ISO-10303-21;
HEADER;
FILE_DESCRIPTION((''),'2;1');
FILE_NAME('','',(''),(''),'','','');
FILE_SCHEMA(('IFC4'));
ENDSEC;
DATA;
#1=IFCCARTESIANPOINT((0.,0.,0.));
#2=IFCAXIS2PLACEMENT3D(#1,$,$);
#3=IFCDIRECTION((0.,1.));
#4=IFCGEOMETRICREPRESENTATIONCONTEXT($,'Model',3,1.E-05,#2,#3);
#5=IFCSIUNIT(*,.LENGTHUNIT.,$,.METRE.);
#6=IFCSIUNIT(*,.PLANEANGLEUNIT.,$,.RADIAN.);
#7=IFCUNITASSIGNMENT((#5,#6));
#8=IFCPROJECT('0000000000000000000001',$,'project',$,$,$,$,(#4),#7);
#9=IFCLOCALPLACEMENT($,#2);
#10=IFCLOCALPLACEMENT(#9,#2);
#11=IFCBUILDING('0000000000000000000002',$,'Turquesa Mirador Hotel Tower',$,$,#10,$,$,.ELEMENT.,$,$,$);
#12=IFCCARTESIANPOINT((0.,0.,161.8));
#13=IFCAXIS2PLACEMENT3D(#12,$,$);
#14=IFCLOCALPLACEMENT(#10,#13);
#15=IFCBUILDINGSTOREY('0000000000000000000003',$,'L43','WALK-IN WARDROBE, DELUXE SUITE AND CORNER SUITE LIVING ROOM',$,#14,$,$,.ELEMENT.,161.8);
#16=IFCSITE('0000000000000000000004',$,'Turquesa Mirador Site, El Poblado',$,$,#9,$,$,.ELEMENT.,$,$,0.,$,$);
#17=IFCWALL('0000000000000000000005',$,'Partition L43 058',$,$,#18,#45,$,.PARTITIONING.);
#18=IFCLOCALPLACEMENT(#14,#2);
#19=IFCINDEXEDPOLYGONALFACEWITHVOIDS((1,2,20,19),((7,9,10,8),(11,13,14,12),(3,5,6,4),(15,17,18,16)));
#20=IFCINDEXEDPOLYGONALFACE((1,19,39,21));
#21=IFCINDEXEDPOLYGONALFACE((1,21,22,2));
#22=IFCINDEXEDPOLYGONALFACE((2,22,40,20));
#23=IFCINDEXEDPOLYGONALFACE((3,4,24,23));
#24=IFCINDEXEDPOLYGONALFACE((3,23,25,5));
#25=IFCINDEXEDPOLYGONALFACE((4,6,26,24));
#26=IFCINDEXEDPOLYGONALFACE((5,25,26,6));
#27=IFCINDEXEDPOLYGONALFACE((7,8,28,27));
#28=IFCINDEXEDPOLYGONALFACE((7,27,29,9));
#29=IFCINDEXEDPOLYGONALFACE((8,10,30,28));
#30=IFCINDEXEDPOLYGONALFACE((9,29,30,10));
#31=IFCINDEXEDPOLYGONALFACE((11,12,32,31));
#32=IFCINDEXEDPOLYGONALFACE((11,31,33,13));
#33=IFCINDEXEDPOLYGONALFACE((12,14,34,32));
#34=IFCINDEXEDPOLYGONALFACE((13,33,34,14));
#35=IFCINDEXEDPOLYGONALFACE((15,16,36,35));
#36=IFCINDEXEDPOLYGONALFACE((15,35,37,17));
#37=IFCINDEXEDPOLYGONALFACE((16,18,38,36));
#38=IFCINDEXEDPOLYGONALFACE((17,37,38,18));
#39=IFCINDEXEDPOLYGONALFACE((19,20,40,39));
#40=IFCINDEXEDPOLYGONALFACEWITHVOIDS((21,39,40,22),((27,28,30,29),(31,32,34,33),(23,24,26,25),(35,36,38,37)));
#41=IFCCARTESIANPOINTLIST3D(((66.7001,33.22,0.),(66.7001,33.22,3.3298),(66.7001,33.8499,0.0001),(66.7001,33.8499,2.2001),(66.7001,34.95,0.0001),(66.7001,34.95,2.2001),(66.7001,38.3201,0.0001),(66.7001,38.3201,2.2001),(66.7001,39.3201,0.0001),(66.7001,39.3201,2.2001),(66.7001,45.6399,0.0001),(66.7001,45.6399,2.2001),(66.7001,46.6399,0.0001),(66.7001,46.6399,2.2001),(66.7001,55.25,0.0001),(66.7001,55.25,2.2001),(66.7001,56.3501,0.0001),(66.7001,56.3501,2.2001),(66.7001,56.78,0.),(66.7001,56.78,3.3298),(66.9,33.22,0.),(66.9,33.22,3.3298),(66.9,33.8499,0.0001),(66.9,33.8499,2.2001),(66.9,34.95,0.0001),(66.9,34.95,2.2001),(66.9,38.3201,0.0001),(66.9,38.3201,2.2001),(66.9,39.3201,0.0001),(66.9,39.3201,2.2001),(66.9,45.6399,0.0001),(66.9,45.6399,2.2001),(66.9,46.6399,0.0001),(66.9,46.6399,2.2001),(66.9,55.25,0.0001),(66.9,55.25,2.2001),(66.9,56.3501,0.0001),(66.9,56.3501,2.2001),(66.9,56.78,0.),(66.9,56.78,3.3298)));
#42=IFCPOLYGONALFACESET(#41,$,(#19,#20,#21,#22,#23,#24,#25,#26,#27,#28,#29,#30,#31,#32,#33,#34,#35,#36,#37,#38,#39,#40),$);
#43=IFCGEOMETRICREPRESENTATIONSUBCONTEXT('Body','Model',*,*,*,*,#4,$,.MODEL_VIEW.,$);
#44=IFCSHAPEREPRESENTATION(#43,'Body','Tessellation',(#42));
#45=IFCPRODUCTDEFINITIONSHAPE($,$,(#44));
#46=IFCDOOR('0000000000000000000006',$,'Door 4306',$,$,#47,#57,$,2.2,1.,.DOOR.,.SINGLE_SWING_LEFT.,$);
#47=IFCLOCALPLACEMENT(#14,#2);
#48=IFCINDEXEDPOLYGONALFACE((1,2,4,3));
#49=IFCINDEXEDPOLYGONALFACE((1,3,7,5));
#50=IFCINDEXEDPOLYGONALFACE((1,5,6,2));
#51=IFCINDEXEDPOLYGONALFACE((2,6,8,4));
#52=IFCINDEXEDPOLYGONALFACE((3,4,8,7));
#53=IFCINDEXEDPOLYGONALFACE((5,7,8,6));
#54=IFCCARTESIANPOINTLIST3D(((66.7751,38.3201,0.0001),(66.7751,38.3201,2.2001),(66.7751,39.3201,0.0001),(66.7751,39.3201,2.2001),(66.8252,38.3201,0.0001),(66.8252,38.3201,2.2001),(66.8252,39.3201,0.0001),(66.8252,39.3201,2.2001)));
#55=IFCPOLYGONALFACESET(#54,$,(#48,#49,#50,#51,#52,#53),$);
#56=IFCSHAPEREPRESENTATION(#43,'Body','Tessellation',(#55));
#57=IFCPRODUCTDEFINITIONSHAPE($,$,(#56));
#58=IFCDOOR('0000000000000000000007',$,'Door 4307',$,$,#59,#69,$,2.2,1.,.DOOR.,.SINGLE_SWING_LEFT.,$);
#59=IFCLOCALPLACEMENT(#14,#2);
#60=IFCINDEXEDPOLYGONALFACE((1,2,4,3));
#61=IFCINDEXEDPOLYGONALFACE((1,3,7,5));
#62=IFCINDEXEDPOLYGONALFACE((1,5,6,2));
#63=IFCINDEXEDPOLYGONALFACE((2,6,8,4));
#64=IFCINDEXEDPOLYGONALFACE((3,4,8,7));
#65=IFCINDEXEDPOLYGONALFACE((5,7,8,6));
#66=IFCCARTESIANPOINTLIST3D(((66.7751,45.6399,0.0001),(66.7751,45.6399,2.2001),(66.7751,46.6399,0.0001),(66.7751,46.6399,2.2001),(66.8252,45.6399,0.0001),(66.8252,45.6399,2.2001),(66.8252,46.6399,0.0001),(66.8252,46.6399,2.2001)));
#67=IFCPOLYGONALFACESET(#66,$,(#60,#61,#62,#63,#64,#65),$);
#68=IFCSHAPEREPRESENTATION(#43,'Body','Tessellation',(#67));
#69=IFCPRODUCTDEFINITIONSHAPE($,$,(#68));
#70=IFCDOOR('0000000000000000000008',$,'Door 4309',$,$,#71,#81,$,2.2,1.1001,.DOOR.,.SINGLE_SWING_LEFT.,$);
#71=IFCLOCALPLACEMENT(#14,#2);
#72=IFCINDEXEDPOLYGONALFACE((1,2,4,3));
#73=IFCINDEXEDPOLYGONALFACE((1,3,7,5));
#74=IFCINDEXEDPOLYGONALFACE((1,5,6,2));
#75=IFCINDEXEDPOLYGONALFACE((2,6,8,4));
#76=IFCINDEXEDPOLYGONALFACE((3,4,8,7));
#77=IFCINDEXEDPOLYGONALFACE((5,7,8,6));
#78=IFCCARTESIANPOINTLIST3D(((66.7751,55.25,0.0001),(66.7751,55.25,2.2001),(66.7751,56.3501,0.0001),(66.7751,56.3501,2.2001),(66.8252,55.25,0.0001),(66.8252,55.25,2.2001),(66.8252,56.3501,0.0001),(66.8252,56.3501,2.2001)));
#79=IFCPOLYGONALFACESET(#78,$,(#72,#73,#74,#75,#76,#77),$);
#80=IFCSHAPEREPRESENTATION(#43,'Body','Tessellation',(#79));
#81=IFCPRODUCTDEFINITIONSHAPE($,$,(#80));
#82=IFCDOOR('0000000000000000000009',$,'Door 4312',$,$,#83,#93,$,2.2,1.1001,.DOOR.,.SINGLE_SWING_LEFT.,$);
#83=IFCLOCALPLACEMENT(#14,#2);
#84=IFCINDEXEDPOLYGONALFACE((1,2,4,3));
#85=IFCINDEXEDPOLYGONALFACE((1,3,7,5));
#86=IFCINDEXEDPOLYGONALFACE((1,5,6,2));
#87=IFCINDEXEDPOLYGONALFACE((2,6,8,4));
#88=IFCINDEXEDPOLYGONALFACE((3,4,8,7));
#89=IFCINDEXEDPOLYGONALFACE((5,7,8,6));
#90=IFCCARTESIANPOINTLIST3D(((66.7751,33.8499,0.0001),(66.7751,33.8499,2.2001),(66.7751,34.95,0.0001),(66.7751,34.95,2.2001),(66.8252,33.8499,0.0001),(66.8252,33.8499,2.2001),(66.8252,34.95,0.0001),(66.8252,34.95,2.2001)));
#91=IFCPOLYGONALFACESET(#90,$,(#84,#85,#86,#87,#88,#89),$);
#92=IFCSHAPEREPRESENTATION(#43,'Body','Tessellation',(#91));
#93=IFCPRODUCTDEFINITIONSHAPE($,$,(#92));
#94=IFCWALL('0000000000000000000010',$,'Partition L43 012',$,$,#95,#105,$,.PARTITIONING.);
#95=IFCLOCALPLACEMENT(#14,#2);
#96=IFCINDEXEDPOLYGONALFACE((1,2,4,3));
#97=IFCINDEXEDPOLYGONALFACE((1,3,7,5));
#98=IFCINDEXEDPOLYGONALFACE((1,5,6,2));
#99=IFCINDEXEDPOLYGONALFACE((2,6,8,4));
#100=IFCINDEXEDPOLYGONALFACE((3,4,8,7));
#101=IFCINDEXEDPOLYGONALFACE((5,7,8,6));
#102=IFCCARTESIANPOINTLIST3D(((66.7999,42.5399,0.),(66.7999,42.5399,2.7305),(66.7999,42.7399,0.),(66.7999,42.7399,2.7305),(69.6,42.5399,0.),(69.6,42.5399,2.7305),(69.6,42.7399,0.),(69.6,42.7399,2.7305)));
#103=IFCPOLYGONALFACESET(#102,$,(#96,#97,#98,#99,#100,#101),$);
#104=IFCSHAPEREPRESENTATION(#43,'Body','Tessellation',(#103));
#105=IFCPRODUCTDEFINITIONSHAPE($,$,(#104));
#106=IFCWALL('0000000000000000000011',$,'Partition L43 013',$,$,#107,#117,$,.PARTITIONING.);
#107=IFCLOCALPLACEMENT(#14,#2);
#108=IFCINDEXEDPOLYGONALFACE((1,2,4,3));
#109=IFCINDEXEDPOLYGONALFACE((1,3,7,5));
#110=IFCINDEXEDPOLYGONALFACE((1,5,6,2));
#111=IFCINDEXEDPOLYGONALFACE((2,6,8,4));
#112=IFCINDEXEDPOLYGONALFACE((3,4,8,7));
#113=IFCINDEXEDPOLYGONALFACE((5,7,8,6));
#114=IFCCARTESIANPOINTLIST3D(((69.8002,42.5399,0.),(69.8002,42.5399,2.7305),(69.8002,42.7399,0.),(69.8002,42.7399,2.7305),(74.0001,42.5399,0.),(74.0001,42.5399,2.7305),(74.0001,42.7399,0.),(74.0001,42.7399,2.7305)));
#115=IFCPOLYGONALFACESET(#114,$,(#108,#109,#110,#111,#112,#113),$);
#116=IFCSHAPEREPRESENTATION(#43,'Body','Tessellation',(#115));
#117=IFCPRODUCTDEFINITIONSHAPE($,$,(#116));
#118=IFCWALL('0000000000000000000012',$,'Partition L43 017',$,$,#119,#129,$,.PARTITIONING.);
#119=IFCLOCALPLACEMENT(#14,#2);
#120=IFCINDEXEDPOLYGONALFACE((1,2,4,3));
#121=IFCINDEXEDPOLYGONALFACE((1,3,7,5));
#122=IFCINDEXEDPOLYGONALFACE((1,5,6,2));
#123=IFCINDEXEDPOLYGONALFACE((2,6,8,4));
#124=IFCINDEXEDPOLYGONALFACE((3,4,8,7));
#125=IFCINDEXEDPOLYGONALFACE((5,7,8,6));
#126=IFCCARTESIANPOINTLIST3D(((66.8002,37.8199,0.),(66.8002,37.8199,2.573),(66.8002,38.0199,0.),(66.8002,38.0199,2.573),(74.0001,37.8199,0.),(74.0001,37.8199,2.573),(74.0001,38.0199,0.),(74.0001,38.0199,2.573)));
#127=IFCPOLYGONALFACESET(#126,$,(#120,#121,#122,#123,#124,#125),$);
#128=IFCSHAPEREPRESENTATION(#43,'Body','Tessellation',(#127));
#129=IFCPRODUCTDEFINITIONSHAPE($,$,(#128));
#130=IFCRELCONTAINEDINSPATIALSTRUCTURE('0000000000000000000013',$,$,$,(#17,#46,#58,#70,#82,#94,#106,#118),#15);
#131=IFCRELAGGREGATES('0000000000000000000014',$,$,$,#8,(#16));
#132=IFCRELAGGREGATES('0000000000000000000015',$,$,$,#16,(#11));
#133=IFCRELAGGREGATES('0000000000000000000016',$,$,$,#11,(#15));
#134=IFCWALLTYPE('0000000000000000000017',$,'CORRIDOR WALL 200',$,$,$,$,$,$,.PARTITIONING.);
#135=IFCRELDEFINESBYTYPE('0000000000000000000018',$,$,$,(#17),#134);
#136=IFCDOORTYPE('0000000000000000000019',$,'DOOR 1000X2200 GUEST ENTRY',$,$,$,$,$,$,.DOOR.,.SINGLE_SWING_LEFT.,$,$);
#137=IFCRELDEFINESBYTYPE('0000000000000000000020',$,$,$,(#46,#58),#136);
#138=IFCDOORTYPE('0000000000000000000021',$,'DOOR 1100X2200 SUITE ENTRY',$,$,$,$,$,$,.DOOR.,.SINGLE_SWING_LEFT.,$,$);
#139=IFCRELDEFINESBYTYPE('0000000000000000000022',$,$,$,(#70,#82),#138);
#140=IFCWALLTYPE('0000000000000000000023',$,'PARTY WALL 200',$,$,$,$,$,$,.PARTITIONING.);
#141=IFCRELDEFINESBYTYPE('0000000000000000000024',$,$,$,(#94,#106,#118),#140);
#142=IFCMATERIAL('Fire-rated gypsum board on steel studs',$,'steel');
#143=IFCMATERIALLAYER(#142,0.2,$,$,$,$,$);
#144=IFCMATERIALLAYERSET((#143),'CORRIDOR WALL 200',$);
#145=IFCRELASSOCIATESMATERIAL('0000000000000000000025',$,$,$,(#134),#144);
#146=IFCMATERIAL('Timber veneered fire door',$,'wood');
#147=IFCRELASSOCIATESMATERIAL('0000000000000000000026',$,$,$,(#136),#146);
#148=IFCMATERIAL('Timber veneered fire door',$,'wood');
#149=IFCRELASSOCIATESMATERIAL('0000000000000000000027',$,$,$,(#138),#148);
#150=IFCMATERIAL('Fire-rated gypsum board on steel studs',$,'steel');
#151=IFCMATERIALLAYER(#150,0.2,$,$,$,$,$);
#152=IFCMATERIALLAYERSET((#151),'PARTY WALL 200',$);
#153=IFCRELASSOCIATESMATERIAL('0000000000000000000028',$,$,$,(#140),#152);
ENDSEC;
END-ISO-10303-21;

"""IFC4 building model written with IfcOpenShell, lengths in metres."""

from ifc_helpers import new_model, si_unit, direction, frame, frame_2d, origin, place, context, subcontext, project, spatial, rectangle, extrude, material, layer, layer_set, type_object, element, fill, save


model = new_model("IFC4")

# Units and contexts
model_context = context("Model", 3, precision=1e-05, world=origin(), true_north=direction((0.0, 1.0)))
body_context = subcontext(model_context, "Body", "Model", "MODEL_VIEW")
ifc_project = project(units=[si_unit("LENGTHUNIT", "METRE"), si_unit("PLANEANGLEUNIT", "RADIAN")], contexts=[model_context])

# Site, building, storey
site_placement = place(None, origin())
site = spatial("IfcSite", under=ifc_project, at=site_placement, Name="Turquesa Mirador Site, El Poblado", CompositionType="ELEMENT", RefElevation=0.0)
building_placement = place(site_placement, origin())
building = spatial("IfcBuilding", under=site, at=building_placement, Name="Turquesa Mirador Hotel Tower", CompositionType="ELEMENT")
storey_placement = place(building_placement, frame((0.0, 0.0, 161.8)))
storey = spatial("IfcBuildingStorey", under=building, at=storey_placement, Name="L43", Description="WALK-IN WARDROBE, DELUXE SUITE AND CORNER SUITE LIVING ROOM", CompositionType="ELEMENT", Elevation=161.8)

# Wall, openings, doors
ifc_material_1 = material(Name="Fire-rated gypsum board on steel studs", Category="steel")
ifc_layer_1 = layer(ifc_material_1, 0.2)
ifc_layer_set_1 = layer_set([ifc_layer_1], Name="CORRIDOR WALL 200")
wall_type_1 = type_object("IfcWallType", Name="CORRIDOR WALL 200", PredefinedType="PARTITIONING", material=ifc_layer_set_1)
wall_1_placement = place(storey_placement, frame((66.8, 33.22, 0.0), z_axis=(0.0, 0.0, 1.0), x_axis=(0.0, 1.0, 0.0)))
wall_1 = element("IfcWall", 1, at=wall_1_placement, inside=storey, type_object=wall_type_1, Name="Partition L43 058", PredefinedType="PARTITIONING", context=body_context, shape_type="SweptSolid", body=[
    extrude(rectangle(XDim=23.5601, YDim=0.2, at=frame_2d((11.78, 0.0))), origin(), (0.0, 0.0, 1.0), 3.3298),
])
opening_1_placement = place(wall_1_placement, frame((5.1001, 0.0, 0.0)))
opening_1 = element("IfcOpeningElement", 2, at=opening_1_placement, cuts=wall_1, PredefinedType="OPENING", context=body_context, shape_type="SweptSolid", body=[
    extrude(rectangle(XDim=1.0, YDim=2.2, at=frame_2d((0.5, 1.1001))), frame((0.0, 0.1099, 0.0), z_axis=(0.0, -1.0, 0.0), x_axis=(1.0, 0.0, 0.0)), (0.0, 0.0, 1.0), 0.22),
])
opening_2_placement = place(wall_1_placement, frame((12.4199, 0.0, 0.0)))
opening_2 = element("IfcOpeningElement", 3, at=opening_2_placement, cuts=wall_1, PredefinedType="OPENING", context=body_context, shape_type="SweptSolid", body=[
    extrude(rectangle(XDim=1.0, YDim=2.2, at=frame_2d((0.5, 1.1001))), frame((0.0, 0.1099, 0.0), z_axis=(0.0, -1.0, 0.0), x_axis=(1.0, 0.0, 0.0)), (0.0, 0.0, 1.0), 0.22),
])
opening_3_placement = place(wall_1_placement, frame((22.03, 0.0, 0.0)))
opening_3 = element("IfcOpeningElement", 4, at=opening_3_placement, cuts=wall_1, PredefinedType="OPENING", context=body_context, shape_type="SweptSolid", body=[
    extrude(rectangle(XDim=1.1001, YDim=2.2, at=frame_2d((0.55, 1.1001))), frame((0.0, 0.1099, 0.0), z_axis=(0.0, -1.0, 0.0), x_axis=(1.0, 0.0, 0.0)), (0.0, 0.0, 1.0), 0.22),
])
opening_4_placement = place(wall_1_placement, frame((0.6299, 0.0, 0.0)))
opening_4 = element("IfcOpeningElement", 5, at=opening_4_placement, cuts=wall_1, PredefinedType="OPENING", context=body_context, shape_type="SweptSolid", body=[
    extrude(rectangle(XDim=1.1001, YDim=2.2, at=frame_2d((0.55, 1.1001))), frame((0.0, 0.1099, 0.0), z_axis=(0.0, -1.0, 0.0), x_axis=(1.0, 0.0, 0.0)), (0.0, 0.0, 1.0), 0.22),
])
ifc_material_2 = material(Name="Timber veneered fire door", Category="wood")
door_type_1 = type_object("IfcDoorType", Name="DOOR 1000X2200 GUEST ENTRY", OperationType="SINGLE_SWING_LEFT", PredefinedType="DOOR", material=ifc_material_2)
door_1_placement = place(opening_1_placement, origin())
door_1 = element("IfcDoor", 6, at=door_1_placement, inside=storey, type_object=door_type_1, Name="Door 4306", OperationType="SINGLE_SWING_LEFT", OverallHeight=2.2, OverallWidth=1.0, PredefinedType="DOOR", context=body_context, shape_type="SweptSolid", body=[
    extrude(rectangle(XDim=1.0, YDim=2.2, at=frame_2d((0.5, 1.1001))), frame((0.0, 0.0249, 0.0), z_axis=(0.0, -1.0, 0.0), x_axis=(1.0, 0.0, 0.0)), (0.0, 0.0, 1.0), 0.05),
])
fill(opening_1, door_1)
door_2_placement = place(opening_2_placement, origin())
door_2 = element("IfcDoor", 7, at=door_2_placement, inside=storey, type_object=door_type_1, Name="Door 4307", OperationType="SINGLE_SWING_LEFT", OverallHeight=2.2, OverallWidth=1.0, PredefinedType="DOOR", context=body_context, shape_type="SweptSolid", body=[
    extrude(rectangle(XDim=1.0, YDim=2.2, at=frame_2d((0.5, 1.1001))), frame((0.0, 0.0249, 0.0), z_axis=(0.0, -1.0, 0.0), x_axis=(1.0, 0.0, 0.0)), (0.0, 0.0, 1.0), 0.05),
])
fill(opening_2, door_2)
ifc_material_3 = material(Name="Timber veneered fire door", Category="wood")
door_type_2 = type_object("IfcDoorType", Name="DOOR 1100X2200 SUITE ENTRY", OperationType="SINGLE_SWING_LEFT", PredefinedType="DOOR", material=ifc_material_3)
door_3_placement = place(opening_3_placement, origin())
door_3 = element("IfcDoor", 8, at=door_3_placement, inside=storey, type_object=door_type_2, Name="Door 4309", OperationType="SINGLE_SWING_LEFT", OverallHeight=2.2, OverallWidth=1.1001, PredefinedType="DOOR", context=body_context, shape_type="SweptSolid", body=[
    extrude(rectangle(XDim=1.1001, YDim=2.2, at=frame_2d((0.55, 1.1001))), frame((0.0, 0.0249, 0.0), z_axis=(0.0, -1.0, 0.0), x_axis=(1.0, 0.0, 0.0)), (0.0, 0.0, 1.0), 0.05),
])
fill(opening_3, door_3)
door_4_placement = place(opening_4_placement, origin())
door_4 = element("IfcDoor", 9, at=door_4_placement, inside=storey, type_object=door_type_2, Name="Door 4312", OperationType="SINGLE_SWING_LEFT", OverallHeight=2.2, OverallWidth=1.1001, PredefinedType="DOOR", context=body_context, shape_type="SweptSolid", body=[
    extrude(rectangle(XDim=1.1001, YDim=2.2, at=frame_2d((0.55, 1.1001))), frame((0.0, 0.0249, 0.0), z_axis=(0.0, -1.0, 0.0), x_axis=(1.0, 0.0, 0.0)), (0.0, 0.0, 1.0), 0.05),
])
fill(opening_4, door_4)

# Walls
ifc_material_4 = material(Name="Fire-rated gypsum board on steel studs", Category="steel")
ifc_layer_2 = layer(ifc_material_4, 0.2)
ifc_layer_set_2 = layer_set([ifc_layer_2], Name="PARTY WALL 200")
wall_type_2 = type_object("IfcWallType", Name="PARTY WALL 200", PredefinedType="PARTITIONING", material=ifc_layer_set_2)
wall_2_placement = place(storey_placement, frame((66.8, 42.6399, 0.0), z_axis=(0.0, 0.0, 1.0), x_axis=(1.0, 0.0, 0.0)))
element("IfcWall", 10, at=wall_2_placement, inside=storey, type_object=wall_type_2, Name="Partition L43 012", PredefinedType="PARTITIONING", context=body_context, shape_type="SweptSolid", body=[
    extrude(rectangle(XDim=2.8, YDim=0.2, at=frame_2d((1.3999, 0.0))), origin(), (0.0, 0.0, 1.0), 2.7305),
])
wall_3_placement = place(storey_placement, frame((69.8, 42.6399, 0.0), z_axis=(0.0, 0.0, 1.0), x_axis=(1.0, 0.0, 0.0)))
element("IfcWall", 11, at=wall_3_placement, inside=storey, type_object=wall_type_2, Name="Partition L43 013", PredefinedType="PARTITIONING", context=body_context, shape_type="SweptSolid", body=[
    extrude(rectangle(XDim=4.2, YDim=0.2, at=frame_2d((2.1001, 0.0))), origin(), (0.0, 0.0, 1.0), 2.7305),
])
wall_4_placement = place(storey_placement, frame((66.8, 37.9199, 0.0), z_axis=(0.0, 0.0, 1.0), x_axis=(1.0, 0.0, 0.0)))
element("IfcWall", 12, at=wall_4_placement, inside=storey, type_object=wall_type_2, Name="Partition L43 017", PredefinedType="PARTITIONING", context=body_context, shape_type="SweptSolid", body=[
    extrude(rectangle(XDim=7.2, YDim=0.2, at=frame_2d((3.6001, 0.0))), origin(), (0.0, 0.0, 1.0), 2.573),
])

save(model, "model.ifc")
